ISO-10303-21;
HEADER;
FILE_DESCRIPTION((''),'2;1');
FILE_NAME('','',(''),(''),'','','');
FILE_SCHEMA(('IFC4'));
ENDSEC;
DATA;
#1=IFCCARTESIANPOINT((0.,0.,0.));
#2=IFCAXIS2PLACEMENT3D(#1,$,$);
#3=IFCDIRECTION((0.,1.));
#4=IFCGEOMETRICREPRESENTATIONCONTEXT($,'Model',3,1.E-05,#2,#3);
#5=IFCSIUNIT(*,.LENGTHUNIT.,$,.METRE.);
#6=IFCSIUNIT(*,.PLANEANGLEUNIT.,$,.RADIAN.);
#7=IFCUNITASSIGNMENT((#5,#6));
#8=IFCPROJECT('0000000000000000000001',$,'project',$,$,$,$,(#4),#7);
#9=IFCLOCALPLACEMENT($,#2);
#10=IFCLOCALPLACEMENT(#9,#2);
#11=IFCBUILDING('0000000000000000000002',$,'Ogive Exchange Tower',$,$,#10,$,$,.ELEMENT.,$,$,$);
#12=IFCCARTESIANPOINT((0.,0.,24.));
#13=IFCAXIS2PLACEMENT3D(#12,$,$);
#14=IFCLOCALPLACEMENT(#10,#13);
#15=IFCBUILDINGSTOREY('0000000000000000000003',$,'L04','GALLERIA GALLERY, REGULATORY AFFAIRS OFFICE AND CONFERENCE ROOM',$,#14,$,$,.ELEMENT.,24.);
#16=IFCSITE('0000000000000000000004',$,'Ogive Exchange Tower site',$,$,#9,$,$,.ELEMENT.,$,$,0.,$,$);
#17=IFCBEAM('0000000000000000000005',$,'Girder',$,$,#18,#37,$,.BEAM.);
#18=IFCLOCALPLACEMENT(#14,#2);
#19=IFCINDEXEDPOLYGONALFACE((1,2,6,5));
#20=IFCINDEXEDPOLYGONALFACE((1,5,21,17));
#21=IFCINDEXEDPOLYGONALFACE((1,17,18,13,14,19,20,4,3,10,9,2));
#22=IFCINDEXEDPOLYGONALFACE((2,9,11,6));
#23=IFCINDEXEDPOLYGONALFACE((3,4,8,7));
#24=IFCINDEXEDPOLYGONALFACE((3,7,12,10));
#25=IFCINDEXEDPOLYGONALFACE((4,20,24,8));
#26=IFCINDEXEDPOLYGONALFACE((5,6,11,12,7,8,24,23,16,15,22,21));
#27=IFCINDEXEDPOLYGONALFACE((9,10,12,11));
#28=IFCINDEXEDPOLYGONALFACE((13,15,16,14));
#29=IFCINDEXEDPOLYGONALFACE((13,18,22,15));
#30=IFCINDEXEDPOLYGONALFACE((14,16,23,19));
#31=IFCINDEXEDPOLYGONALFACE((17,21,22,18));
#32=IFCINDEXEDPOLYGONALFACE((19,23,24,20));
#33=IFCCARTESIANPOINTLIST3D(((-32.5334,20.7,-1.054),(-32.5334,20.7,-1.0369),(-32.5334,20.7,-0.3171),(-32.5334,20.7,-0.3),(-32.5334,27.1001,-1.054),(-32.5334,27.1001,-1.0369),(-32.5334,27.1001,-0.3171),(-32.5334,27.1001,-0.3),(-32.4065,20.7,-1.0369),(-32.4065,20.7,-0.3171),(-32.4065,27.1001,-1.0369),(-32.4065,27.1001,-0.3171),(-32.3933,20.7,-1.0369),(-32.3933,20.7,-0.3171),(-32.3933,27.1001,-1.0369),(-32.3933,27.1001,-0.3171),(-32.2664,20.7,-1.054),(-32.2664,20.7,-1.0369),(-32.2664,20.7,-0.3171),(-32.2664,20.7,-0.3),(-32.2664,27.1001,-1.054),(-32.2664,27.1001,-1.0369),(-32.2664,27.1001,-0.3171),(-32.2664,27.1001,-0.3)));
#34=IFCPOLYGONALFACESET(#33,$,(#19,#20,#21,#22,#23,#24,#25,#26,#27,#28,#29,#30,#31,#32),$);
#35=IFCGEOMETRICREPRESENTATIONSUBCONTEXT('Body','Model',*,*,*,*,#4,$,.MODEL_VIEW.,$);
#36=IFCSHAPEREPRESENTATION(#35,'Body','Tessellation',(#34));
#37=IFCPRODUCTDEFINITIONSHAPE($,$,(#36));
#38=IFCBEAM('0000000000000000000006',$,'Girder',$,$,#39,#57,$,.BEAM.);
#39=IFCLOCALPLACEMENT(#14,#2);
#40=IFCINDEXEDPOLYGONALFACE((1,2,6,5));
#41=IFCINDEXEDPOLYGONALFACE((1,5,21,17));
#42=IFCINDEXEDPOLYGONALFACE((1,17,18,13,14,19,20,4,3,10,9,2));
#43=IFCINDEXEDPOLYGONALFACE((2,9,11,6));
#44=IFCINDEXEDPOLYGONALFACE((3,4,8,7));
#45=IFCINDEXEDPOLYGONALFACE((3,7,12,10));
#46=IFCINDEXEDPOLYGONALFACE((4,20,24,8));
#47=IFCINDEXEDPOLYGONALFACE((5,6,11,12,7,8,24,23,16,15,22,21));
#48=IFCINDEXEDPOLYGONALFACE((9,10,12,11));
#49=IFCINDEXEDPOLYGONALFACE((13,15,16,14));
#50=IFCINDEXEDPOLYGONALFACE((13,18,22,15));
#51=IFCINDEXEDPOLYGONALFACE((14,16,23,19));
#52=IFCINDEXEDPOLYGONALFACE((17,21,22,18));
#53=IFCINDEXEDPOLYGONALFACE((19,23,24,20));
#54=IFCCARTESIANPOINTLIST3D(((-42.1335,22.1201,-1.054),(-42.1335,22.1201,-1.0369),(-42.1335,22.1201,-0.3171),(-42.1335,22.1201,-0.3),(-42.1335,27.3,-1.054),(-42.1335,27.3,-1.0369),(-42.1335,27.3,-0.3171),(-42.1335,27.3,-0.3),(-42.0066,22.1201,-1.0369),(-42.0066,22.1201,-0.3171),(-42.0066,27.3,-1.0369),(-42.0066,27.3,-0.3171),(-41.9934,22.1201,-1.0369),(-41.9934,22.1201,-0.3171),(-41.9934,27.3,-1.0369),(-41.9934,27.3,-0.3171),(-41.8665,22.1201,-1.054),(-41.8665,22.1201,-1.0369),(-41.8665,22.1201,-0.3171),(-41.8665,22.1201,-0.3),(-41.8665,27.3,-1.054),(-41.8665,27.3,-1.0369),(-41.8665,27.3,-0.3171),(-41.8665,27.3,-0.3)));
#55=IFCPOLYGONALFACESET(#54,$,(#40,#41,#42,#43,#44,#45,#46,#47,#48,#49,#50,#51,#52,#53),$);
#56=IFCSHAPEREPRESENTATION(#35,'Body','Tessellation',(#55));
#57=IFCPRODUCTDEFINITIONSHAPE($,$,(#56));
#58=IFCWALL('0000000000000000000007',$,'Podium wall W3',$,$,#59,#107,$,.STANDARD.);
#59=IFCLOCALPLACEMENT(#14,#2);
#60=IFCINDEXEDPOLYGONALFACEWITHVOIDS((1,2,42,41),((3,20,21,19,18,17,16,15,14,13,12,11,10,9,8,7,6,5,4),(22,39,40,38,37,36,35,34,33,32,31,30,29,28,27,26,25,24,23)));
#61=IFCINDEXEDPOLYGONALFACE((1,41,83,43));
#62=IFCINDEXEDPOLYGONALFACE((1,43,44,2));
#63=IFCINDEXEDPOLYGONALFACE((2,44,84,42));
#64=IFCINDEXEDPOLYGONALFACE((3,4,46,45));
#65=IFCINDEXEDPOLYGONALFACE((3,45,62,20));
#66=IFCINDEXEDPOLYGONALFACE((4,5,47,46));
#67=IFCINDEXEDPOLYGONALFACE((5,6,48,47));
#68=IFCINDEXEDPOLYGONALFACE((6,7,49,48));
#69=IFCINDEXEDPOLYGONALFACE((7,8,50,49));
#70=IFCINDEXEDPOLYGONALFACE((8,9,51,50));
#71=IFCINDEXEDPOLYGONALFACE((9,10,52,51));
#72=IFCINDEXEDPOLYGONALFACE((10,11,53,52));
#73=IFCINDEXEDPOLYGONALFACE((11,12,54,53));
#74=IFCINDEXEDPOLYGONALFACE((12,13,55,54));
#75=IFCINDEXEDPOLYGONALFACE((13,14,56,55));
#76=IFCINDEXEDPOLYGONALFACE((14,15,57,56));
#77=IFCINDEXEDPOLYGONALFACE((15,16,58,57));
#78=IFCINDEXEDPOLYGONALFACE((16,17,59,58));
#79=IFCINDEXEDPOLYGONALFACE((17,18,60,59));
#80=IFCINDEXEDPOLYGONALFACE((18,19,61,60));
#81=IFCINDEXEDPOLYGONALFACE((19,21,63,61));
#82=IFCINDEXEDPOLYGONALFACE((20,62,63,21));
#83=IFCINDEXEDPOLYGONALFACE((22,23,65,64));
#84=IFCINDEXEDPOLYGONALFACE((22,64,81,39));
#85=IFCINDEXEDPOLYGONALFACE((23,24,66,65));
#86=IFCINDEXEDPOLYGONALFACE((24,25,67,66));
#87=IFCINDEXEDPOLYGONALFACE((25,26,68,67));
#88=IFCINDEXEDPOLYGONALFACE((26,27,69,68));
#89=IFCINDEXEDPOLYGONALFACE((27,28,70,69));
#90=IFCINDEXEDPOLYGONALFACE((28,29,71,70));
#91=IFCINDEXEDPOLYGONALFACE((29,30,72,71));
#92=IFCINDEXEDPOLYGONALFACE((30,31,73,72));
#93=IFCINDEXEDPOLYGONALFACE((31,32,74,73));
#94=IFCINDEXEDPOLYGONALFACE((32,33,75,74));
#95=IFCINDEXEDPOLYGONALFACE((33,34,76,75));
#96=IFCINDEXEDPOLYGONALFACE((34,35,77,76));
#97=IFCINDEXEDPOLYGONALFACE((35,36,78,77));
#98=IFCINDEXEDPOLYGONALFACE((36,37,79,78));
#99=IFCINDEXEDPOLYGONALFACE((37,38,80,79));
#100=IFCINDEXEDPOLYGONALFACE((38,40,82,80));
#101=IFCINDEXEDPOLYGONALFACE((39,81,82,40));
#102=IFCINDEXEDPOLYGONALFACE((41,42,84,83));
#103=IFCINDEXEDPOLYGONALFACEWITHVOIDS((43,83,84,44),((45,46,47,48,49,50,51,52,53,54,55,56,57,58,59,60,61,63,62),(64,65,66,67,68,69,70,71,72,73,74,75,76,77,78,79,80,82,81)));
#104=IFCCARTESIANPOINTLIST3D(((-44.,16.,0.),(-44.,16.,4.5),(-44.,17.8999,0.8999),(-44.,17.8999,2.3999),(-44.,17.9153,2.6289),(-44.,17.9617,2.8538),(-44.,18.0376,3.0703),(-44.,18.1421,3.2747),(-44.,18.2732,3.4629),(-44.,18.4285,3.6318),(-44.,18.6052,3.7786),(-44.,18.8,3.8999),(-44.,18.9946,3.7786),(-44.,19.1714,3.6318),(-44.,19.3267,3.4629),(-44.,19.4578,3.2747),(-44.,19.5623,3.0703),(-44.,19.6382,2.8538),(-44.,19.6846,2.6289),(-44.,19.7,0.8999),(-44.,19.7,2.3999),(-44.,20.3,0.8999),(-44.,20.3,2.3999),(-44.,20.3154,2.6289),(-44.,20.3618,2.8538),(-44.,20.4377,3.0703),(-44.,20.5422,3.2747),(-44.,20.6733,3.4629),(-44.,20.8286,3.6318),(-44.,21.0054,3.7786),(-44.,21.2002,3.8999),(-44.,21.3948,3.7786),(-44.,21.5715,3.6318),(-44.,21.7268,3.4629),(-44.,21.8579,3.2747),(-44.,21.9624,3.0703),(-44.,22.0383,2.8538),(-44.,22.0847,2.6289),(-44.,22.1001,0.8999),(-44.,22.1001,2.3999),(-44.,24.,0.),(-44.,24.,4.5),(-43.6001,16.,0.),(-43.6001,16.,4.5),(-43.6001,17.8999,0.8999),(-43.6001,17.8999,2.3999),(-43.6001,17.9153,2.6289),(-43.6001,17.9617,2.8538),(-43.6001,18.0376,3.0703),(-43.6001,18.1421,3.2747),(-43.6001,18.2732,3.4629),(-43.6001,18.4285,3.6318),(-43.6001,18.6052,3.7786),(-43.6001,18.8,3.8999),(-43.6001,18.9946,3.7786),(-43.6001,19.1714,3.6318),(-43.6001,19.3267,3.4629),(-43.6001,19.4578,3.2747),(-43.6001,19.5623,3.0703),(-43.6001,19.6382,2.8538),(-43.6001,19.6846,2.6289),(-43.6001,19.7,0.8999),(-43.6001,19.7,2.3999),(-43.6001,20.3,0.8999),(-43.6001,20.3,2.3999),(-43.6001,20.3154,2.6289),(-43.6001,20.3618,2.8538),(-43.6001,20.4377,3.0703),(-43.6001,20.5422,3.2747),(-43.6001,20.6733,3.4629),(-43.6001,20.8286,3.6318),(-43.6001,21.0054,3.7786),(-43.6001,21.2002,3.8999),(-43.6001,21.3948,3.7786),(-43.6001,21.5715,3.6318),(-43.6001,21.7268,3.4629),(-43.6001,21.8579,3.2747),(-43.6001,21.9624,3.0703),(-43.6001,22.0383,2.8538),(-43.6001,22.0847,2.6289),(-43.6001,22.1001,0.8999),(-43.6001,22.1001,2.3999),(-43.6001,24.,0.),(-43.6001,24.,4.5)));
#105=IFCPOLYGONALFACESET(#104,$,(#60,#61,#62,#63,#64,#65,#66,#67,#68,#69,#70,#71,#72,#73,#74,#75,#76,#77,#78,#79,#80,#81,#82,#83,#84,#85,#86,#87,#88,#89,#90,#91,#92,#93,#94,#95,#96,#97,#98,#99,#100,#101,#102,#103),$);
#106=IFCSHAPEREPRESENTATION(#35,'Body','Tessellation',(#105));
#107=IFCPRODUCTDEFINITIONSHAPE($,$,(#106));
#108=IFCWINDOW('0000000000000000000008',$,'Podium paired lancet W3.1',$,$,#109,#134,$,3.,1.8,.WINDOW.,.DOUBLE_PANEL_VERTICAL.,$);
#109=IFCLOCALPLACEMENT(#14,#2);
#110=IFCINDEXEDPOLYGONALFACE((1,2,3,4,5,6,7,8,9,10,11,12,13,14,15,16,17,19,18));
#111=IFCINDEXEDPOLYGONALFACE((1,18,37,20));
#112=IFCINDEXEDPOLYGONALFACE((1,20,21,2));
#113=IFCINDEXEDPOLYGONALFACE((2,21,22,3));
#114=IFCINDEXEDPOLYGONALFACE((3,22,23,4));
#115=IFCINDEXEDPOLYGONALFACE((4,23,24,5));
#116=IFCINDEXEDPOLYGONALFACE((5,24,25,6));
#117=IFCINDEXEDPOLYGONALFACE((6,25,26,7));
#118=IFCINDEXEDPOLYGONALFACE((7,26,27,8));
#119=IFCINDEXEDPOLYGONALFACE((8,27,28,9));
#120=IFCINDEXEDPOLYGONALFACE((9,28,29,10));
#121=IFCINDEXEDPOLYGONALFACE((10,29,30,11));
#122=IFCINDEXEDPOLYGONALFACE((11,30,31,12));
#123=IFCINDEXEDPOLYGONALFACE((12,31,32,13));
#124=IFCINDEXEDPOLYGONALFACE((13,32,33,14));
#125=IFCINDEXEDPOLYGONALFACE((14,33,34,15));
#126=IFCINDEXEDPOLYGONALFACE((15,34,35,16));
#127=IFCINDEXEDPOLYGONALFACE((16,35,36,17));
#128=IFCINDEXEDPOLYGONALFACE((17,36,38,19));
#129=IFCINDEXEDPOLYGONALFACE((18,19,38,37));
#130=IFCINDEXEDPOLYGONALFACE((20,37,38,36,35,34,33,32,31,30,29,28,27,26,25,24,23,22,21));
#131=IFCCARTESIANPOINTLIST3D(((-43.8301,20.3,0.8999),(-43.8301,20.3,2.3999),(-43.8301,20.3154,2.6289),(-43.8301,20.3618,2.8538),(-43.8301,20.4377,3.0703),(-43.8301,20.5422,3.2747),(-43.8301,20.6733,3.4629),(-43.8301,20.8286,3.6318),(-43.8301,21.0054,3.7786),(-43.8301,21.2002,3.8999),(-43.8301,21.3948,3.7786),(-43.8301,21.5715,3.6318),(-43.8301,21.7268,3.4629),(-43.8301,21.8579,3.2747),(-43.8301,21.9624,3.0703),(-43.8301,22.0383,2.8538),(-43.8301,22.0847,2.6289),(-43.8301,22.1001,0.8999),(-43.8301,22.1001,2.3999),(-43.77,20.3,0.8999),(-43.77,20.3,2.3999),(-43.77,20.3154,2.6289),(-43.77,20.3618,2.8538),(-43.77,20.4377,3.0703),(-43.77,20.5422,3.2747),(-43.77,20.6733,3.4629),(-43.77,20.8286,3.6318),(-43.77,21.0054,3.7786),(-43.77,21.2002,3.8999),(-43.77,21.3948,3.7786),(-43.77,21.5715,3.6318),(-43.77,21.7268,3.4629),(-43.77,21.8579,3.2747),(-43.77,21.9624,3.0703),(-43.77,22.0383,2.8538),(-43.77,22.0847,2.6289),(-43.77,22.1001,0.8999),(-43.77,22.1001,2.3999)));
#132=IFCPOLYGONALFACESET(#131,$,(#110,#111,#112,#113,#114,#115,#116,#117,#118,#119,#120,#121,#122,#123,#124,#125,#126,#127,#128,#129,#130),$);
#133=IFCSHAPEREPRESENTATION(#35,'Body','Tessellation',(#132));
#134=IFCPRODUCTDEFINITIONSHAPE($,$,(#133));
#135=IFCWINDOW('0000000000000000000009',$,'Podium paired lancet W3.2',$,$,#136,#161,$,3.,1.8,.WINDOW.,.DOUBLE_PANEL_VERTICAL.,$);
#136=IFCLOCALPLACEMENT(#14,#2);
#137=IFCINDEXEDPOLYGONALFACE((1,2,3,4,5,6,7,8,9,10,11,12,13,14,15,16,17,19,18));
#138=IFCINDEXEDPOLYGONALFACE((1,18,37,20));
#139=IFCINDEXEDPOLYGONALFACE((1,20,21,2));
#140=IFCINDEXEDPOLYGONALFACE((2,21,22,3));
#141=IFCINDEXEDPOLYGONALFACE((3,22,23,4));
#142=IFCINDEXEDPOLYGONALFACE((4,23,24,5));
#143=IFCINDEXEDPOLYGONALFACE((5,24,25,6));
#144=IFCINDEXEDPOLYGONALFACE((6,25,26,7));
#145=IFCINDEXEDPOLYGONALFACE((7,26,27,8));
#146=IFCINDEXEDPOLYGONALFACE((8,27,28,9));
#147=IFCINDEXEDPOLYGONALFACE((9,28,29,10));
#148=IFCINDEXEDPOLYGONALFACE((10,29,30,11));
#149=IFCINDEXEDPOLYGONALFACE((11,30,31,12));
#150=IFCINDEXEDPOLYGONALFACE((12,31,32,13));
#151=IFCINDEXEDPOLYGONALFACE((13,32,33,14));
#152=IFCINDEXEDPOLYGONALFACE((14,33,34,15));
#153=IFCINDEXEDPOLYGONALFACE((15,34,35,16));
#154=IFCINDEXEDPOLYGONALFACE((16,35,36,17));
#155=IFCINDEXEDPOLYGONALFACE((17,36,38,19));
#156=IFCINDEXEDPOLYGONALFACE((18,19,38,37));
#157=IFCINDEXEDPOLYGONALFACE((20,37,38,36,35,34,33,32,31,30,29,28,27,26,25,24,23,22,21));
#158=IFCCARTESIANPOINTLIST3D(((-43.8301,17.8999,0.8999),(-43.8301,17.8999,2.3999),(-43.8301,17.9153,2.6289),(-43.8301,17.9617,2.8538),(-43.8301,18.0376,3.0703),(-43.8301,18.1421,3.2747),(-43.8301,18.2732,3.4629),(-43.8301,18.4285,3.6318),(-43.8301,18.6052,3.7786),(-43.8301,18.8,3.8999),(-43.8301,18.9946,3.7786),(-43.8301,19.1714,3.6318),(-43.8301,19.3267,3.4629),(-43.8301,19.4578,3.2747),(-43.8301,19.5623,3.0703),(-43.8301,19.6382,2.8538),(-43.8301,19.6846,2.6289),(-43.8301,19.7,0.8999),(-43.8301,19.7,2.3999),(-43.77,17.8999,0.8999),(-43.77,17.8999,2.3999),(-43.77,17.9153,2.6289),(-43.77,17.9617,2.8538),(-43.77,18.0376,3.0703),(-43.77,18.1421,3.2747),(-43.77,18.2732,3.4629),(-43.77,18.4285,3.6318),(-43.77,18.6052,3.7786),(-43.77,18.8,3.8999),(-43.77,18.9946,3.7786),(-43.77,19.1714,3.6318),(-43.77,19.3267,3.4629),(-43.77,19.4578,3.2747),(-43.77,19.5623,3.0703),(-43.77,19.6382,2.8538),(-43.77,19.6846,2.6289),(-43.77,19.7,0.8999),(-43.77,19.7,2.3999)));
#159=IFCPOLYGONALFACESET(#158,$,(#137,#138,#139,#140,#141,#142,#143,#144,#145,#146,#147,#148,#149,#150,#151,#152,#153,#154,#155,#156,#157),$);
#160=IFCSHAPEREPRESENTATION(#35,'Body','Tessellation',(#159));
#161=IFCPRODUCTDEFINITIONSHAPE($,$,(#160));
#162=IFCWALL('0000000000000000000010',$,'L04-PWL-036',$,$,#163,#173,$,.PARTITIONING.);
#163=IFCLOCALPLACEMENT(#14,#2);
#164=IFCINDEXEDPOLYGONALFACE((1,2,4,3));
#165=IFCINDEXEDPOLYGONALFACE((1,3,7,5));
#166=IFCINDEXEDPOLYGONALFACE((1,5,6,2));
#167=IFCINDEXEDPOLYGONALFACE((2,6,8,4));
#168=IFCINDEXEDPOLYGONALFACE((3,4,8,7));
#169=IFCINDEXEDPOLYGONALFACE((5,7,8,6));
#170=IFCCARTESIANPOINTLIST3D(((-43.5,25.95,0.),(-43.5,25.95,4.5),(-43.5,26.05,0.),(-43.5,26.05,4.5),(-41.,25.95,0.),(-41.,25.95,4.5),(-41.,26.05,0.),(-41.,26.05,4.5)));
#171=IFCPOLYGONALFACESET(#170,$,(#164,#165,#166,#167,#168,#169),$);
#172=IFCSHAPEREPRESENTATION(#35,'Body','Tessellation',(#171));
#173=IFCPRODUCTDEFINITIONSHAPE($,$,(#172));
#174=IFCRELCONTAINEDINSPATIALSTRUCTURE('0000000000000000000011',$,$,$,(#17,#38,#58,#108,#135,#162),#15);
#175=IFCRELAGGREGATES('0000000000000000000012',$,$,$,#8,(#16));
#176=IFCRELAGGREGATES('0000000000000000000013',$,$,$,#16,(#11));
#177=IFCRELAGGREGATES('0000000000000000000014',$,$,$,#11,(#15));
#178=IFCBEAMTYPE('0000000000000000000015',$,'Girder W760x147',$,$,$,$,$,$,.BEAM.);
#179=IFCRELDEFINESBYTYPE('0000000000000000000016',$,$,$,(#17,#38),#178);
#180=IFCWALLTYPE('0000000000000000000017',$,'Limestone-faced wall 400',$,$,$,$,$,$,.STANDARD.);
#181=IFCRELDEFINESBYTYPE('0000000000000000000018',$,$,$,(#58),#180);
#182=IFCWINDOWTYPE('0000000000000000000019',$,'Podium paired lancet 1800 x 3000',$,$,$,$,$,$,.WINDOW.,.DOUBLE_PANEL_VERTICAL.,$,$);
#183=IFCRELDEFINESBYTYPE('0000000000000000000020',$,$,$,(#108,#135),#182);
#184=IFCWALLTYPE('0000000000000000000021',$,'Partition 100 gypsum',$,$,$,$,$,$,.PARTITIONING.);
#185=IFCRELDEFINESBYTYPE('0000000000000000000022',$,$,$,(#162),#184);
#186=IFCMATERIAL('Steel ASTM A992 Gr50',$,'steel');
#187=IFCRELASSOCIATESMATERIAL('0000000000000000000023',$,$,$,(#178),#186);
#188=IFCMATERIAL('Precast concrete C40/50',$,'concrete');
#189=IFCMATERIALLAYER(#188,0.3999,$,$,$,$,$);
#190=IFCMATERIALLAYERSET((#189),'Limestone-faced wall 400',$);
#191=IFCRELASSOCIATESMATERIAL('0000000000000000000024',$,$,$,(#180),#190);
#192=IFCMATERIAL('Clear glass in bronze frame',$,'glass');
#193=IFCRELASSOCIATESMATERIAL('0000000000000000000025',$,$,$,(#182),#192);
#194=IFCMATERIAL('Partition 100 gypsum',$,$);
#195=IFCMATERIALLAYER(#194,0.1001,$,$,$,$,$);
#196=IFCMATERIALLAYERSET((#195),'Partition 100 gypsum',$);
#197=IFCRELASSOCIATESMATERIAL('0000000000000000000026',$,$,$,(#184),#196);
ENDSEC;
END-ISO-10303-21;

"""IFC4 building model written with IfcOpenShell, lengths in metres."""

from ifc_helpers import new_model, si_unit, direction, frame, frame_2d, origin, origin_2d, place, context, subcontext, project, spatial, polyline, rectangle, i_section, outline, extrude, material, layer, layer_set, material_profile, profile_set, type_object, element, fill, save


model = new_model("IFC4")

# Units and contexts
model_context = context("Model", 3, precision=1e-05, world=origin(), true_north=direction((0.0, 1.0)))
body_context = subcontext(model_context, "Body", "Model", "MODEL_VIEW")
ifc_project = project(units=[si_unit("LENGTHUNIT", "METRE"), si_unit("PLANEANGLEUNIT", "RADIAN")], contexts=[model_context])

# Site, building, storey
site_placement = place(None, origin())
site = spatial("IfcSite", under=ifc_project, at=site_placement, Name="Ogive Exchange Tower site", CompositionType="ELEMENT", RefElevation=0.0)
building_placement = place(site_placement, origin())
building = spatial("IfcBuilding", under=site, at=building_placement, Name="Ogive Exchange Tower", CompositionType="ELEMENT")
storey_placement = place(building_placement, frame((0.0, 0.0, 24.0)))
storey = spatial("IfcBuildingStorey", under=building, at=storey_placement, Name="L04", Description="GALLERIA GALLERY, REGULATORY AFFAIRS OFFICE AND CONFERENCE ROOM", CompositionType="ELEMENT", Elevation=24.0)

# Beams
ifc_material_1 = material(Name="Steel ASTM A992 Gr50", Category="steel")
ifc_material_profile_1 = material_profile(ifc_material_1, i_section(OverallWidth=0.2671, OverallDepth=0.7539, WebThickness=0.0132, FlangeThickness=0.0171, at=origin_2d()), Name="W760x147")
ifc_profile_set_1 = profile_set([ifc_material_profile_1], Name="Steel ASTM A992 Gr50")
beam_type_1 = type_object("IfcBeamType", Name="Girder W760x147", PredefinedType="BEAM", material=ifc_profile_set_1)
beam_1_placement = place(storey_placement, frame((-32.3999, 27.1001, -0.677), z_axis=(0.0, -1.0, 0.0), x_axis=(1.0, 0.0, 0.0)))
element("IfcBeam", 1, at=beam_1_placement, inside=storey, type_object=beam_type_1, Name="Girder", PredefinedType="BEAM", context=body_context, shape_type="SweptSolid", body=[
    extrude(i_section(OverallWidth=0.2671, OverallDepth=0.7539, WebThickness=0.0132, FlangeThickness=0.0171, at=origin_2d()), origin(), (0.0, 0.0, 1.0), 6.4001),
])
beam_2_placement = place(storey_placement, frame((-42.0, 22.1201, -0.677), z_axis=(0.0, 1.0, 0.0), x_axis=(-1.0, 0.0, 0.0)))
element("IfcBeam", 2, at=beam_2_placement, inside=storey, type_object=beam_type_1, Name="Girder", PredefinedType="BEAM", context=body_context, shape_type="SweptSolid", body=[
    extrude(i_section(OverallWidth=0.2671, OverallDepth=0.7539, WebThickness=0.0132, FlangeThickness=0.0171, at=origin_2d()), origin(), (0.0, 0.0, 1.0), 5.1799),
])

# Wall, openings, windows
ifc_material_2 = material(Name="Precast concrete C40/50", Category="concrete")
ifc_layer_1 = layer(ifc_material_2, 0.3999)
ifc_layer_set_1 = layer_set([ifc_layer_1], Name="Limestone-faced wall 400")
wall_type_1 = type_object("IfcWallType", Name="Limestone-faced wall 400", PredefinedType="STANDARD", material=ifc_layer_set_1)
wall_1_placement = place(storey_placement, frame((-43.8, 24.0, 0.0), z_axis=(0.0, 0.0, 1.0), x_axis=(0.0, -1.0, 0.0)))
wall_1 = element("IfcWall", 3, at=wall_1_placement, inside=storey, type_object=wall_type_1, Name="Podium wall W3", PredefinedType="STANDARD", context=body_context, shape_type="SweptSolid", body=[
    extrude(rectangle(XDim=8.0, YDim=0.3999, at=frame_2d((4.0, 0.0))), origin(), (0.0, 0.0, 1.0), 4.5),
])
opening_1_placement = place(wall_1_placement, frame((1.8999, 0.0, 0.8999)))
opening_1 = element("IfcOpeningElement", 4, at=opening_1_placement, cuts=wall_1, PredefinedType="OPENING", context=body_context, shape_type="SweptSolid", body=[
    extrude(outline(polyline([(0.0, 0.0), (1.8, 0.0), (1.8, 1.5), (1.7847, 1.729), (1.7383, 1.9539), (1.6624, 2.1704), (1.5579, 2.3748), (1.4268, 2.563), (1.2715, 2.7319), (1.0947, 2.8787), (0.8999, 3.0), (0.7053, 2.8787), (0.5286, 2.7319), (0.3733, 2.563), (0.2422, 2.3748), (0.1377, 2.1704), (0.0618, 1.9539), (0.0154, 1.729), (0.0, 1.5), (0.0, 0.0)])), frame((0.0, 0.21, 0.0), z_axis=(0.0, -1.0, 0.0), x_axis=(1.0, 0.0, 0.0)), (0.0, 0.0, 1.0), 0.4199),
])
opening_2_placement = place(wall_1_placement, frame((4.3, 0.0, 0.8999)))
opening_2 = element("IfcOpeningElement", 5, at=opening_2_placement, cuts=wall_1, PredefinedType="OPENING", context=body_context, shape_type="SweptSolid", body=[
    extrude(outline(polyline([(0.0, 0.0), (1.8, 0.0), (1.8, 1.5), (1.7847, 1.729), (1.7383, 1.9539), (1.6624, 2.1704), (1.5579, 2.3748), (1.4268, 2.563), (1.2715, 2.7319), (1.0947, 2.8787), (0.8999, 3.0), (0.7053, 2.8787), (0.5286, 2.7319), (0.3733, 2.563), (0.2422, 2.3748), (0.1377, 2.1704), (0.0618, 1.9539), (0.0154, 1.729), (0.0, 1.5), (0.0, 0.0)])), frame((0.0, 0.21, 0.0), z_axis=(0.0, -1.0, 0.0), x_axis=(1.0, 0.0, 0.0)), (0.0, 0.0, 1.0), 0.4199),
])
ifc_material_3 = material(Name="Clear glass in bronze frame", Category="glass")
window_type = type_object("IfcWindowType", Name="Podium paired lancet 1800 x 3000", PartitioningType="DOUBLE_PANEL_VERTICAL", PredefinedType="WINDOW", material=ifc_material_3)
window_1_placement = place(opening_1_placement, origin())
window_1 = element("IfcWindow", 6, at=window_1_placement, inside=storey, type_object=window_type, Name="Podium paired lancet W3.1", OverallHeight=3.0, OverallWidth=1.8, PartitioningType="DOUBLE_PANEL_VERTICAL", PredefinedType="WINDOW", context=body_context, shape_type="SweptSolid", body=[
    extrude(outline(polyline([(0.0, 0.0), (1.8, 0.0), (1.8, 1.5), (1.7847, 1.729), (1.7383, 1.9539), (1.6624, 2.1704), (1.5579, 2.3748), (1.4268, 2.563), (1.2715, 2.7319), (1.0947, 2.8787), (0.8999, 3.0), (0.7053, 2.8787), (0.5286, 2.7319), (0.3733, 2.563), (0.2422, 2.3748), (0.1377, 2.1704), (0.0618, 1.9539), (0.0154, 1.729), (0.0, 1.5), (0.0, 0.0)])), frame((0.0, 0.03, 0.0), z_axis=(0.0, -1.0, 0.0), x_axis=(1.0, 0.0, 0.0)), (0.0, 0.0, 1.0), 0.0601),
])
fill(opening_1, window_1)
window_2_placement = place(opening_2_placement, origin())
window_2 = element("IfcWindow", 7, at=window_2_placement, inside=storey, type_object=window_type, Name="Podium paired lancet W3.2", OverallHeight=3.0, OverallWidth=1.8, PartitioningType="DOUBLE_PANEL_VERTICAL", PredefinedType="WINDOW", context=body_context, shape_type="SweptSolid", body=[
    extrude(outline(polyline([(0.0, 0.0), (1.8, 0.0), (1.8, 1.5), (1.7847, 1.729), (1.7383, 1.9539), (1.6624, 2.1704), (1.5579, 2.3748), (1.4268, 2.563), (1.2715, 2.7319), (1.0947, 2.8787), (0.8999, 3.0), (0.7053, 2.8787), (0.5286, 2.7319), (0.3733, 2.563), (0.2422, 2.3748), (0.1377, 2.1704), (0.0618, 1.9539), (0.0154, 1.729), (0.0, 1.5), (0.0, 0.0)])), frame((0.0, 0.03, 0.0), z_axis=(0.0, -1.0, 0.0), x_axis=(1.0, 0.0, 0.0)), (0.0, 0.0, 1.0), 0.0601),
])
fill(opening_2, window_2)

# Wall
ifc_material_4 = material(Name="Partition 100 gypsum")
ifc_layer_2 = layer(ifc_material_4, 0.1001)
ifc_layer_set_2 = layer_set([ifc_layer_2], Name="Partition 100 gypsum")
wall_type_2 = type_object("IfcWallType", Name="Partition 100 gypsum", PredefinedType="PARTITIONING", material=ifc_layer_set_2)
wall_2_placement = place(storey_placement, frame((-43.5, 26.0, 0.0), z_axis=(0.0, 0.0, 1.0), x_axis=(1.0, 0.0, 0.0)))
element("IfcWall", 8, at=wall_2_placement, inside=storey, type_object=wall_type_2, Name="L04-PWL-036", PredefinedType="PARTITIONING", context=body_context, shape_type="SweptSolid", body=[
    extrude(rectangle(XDim=2.5, YDim=0.1001, at=frame_2d((1.25, 0.0))), origin(), (0.0, 0.0, 1.0), 4.5),
])

save(model, "model.ifc")
